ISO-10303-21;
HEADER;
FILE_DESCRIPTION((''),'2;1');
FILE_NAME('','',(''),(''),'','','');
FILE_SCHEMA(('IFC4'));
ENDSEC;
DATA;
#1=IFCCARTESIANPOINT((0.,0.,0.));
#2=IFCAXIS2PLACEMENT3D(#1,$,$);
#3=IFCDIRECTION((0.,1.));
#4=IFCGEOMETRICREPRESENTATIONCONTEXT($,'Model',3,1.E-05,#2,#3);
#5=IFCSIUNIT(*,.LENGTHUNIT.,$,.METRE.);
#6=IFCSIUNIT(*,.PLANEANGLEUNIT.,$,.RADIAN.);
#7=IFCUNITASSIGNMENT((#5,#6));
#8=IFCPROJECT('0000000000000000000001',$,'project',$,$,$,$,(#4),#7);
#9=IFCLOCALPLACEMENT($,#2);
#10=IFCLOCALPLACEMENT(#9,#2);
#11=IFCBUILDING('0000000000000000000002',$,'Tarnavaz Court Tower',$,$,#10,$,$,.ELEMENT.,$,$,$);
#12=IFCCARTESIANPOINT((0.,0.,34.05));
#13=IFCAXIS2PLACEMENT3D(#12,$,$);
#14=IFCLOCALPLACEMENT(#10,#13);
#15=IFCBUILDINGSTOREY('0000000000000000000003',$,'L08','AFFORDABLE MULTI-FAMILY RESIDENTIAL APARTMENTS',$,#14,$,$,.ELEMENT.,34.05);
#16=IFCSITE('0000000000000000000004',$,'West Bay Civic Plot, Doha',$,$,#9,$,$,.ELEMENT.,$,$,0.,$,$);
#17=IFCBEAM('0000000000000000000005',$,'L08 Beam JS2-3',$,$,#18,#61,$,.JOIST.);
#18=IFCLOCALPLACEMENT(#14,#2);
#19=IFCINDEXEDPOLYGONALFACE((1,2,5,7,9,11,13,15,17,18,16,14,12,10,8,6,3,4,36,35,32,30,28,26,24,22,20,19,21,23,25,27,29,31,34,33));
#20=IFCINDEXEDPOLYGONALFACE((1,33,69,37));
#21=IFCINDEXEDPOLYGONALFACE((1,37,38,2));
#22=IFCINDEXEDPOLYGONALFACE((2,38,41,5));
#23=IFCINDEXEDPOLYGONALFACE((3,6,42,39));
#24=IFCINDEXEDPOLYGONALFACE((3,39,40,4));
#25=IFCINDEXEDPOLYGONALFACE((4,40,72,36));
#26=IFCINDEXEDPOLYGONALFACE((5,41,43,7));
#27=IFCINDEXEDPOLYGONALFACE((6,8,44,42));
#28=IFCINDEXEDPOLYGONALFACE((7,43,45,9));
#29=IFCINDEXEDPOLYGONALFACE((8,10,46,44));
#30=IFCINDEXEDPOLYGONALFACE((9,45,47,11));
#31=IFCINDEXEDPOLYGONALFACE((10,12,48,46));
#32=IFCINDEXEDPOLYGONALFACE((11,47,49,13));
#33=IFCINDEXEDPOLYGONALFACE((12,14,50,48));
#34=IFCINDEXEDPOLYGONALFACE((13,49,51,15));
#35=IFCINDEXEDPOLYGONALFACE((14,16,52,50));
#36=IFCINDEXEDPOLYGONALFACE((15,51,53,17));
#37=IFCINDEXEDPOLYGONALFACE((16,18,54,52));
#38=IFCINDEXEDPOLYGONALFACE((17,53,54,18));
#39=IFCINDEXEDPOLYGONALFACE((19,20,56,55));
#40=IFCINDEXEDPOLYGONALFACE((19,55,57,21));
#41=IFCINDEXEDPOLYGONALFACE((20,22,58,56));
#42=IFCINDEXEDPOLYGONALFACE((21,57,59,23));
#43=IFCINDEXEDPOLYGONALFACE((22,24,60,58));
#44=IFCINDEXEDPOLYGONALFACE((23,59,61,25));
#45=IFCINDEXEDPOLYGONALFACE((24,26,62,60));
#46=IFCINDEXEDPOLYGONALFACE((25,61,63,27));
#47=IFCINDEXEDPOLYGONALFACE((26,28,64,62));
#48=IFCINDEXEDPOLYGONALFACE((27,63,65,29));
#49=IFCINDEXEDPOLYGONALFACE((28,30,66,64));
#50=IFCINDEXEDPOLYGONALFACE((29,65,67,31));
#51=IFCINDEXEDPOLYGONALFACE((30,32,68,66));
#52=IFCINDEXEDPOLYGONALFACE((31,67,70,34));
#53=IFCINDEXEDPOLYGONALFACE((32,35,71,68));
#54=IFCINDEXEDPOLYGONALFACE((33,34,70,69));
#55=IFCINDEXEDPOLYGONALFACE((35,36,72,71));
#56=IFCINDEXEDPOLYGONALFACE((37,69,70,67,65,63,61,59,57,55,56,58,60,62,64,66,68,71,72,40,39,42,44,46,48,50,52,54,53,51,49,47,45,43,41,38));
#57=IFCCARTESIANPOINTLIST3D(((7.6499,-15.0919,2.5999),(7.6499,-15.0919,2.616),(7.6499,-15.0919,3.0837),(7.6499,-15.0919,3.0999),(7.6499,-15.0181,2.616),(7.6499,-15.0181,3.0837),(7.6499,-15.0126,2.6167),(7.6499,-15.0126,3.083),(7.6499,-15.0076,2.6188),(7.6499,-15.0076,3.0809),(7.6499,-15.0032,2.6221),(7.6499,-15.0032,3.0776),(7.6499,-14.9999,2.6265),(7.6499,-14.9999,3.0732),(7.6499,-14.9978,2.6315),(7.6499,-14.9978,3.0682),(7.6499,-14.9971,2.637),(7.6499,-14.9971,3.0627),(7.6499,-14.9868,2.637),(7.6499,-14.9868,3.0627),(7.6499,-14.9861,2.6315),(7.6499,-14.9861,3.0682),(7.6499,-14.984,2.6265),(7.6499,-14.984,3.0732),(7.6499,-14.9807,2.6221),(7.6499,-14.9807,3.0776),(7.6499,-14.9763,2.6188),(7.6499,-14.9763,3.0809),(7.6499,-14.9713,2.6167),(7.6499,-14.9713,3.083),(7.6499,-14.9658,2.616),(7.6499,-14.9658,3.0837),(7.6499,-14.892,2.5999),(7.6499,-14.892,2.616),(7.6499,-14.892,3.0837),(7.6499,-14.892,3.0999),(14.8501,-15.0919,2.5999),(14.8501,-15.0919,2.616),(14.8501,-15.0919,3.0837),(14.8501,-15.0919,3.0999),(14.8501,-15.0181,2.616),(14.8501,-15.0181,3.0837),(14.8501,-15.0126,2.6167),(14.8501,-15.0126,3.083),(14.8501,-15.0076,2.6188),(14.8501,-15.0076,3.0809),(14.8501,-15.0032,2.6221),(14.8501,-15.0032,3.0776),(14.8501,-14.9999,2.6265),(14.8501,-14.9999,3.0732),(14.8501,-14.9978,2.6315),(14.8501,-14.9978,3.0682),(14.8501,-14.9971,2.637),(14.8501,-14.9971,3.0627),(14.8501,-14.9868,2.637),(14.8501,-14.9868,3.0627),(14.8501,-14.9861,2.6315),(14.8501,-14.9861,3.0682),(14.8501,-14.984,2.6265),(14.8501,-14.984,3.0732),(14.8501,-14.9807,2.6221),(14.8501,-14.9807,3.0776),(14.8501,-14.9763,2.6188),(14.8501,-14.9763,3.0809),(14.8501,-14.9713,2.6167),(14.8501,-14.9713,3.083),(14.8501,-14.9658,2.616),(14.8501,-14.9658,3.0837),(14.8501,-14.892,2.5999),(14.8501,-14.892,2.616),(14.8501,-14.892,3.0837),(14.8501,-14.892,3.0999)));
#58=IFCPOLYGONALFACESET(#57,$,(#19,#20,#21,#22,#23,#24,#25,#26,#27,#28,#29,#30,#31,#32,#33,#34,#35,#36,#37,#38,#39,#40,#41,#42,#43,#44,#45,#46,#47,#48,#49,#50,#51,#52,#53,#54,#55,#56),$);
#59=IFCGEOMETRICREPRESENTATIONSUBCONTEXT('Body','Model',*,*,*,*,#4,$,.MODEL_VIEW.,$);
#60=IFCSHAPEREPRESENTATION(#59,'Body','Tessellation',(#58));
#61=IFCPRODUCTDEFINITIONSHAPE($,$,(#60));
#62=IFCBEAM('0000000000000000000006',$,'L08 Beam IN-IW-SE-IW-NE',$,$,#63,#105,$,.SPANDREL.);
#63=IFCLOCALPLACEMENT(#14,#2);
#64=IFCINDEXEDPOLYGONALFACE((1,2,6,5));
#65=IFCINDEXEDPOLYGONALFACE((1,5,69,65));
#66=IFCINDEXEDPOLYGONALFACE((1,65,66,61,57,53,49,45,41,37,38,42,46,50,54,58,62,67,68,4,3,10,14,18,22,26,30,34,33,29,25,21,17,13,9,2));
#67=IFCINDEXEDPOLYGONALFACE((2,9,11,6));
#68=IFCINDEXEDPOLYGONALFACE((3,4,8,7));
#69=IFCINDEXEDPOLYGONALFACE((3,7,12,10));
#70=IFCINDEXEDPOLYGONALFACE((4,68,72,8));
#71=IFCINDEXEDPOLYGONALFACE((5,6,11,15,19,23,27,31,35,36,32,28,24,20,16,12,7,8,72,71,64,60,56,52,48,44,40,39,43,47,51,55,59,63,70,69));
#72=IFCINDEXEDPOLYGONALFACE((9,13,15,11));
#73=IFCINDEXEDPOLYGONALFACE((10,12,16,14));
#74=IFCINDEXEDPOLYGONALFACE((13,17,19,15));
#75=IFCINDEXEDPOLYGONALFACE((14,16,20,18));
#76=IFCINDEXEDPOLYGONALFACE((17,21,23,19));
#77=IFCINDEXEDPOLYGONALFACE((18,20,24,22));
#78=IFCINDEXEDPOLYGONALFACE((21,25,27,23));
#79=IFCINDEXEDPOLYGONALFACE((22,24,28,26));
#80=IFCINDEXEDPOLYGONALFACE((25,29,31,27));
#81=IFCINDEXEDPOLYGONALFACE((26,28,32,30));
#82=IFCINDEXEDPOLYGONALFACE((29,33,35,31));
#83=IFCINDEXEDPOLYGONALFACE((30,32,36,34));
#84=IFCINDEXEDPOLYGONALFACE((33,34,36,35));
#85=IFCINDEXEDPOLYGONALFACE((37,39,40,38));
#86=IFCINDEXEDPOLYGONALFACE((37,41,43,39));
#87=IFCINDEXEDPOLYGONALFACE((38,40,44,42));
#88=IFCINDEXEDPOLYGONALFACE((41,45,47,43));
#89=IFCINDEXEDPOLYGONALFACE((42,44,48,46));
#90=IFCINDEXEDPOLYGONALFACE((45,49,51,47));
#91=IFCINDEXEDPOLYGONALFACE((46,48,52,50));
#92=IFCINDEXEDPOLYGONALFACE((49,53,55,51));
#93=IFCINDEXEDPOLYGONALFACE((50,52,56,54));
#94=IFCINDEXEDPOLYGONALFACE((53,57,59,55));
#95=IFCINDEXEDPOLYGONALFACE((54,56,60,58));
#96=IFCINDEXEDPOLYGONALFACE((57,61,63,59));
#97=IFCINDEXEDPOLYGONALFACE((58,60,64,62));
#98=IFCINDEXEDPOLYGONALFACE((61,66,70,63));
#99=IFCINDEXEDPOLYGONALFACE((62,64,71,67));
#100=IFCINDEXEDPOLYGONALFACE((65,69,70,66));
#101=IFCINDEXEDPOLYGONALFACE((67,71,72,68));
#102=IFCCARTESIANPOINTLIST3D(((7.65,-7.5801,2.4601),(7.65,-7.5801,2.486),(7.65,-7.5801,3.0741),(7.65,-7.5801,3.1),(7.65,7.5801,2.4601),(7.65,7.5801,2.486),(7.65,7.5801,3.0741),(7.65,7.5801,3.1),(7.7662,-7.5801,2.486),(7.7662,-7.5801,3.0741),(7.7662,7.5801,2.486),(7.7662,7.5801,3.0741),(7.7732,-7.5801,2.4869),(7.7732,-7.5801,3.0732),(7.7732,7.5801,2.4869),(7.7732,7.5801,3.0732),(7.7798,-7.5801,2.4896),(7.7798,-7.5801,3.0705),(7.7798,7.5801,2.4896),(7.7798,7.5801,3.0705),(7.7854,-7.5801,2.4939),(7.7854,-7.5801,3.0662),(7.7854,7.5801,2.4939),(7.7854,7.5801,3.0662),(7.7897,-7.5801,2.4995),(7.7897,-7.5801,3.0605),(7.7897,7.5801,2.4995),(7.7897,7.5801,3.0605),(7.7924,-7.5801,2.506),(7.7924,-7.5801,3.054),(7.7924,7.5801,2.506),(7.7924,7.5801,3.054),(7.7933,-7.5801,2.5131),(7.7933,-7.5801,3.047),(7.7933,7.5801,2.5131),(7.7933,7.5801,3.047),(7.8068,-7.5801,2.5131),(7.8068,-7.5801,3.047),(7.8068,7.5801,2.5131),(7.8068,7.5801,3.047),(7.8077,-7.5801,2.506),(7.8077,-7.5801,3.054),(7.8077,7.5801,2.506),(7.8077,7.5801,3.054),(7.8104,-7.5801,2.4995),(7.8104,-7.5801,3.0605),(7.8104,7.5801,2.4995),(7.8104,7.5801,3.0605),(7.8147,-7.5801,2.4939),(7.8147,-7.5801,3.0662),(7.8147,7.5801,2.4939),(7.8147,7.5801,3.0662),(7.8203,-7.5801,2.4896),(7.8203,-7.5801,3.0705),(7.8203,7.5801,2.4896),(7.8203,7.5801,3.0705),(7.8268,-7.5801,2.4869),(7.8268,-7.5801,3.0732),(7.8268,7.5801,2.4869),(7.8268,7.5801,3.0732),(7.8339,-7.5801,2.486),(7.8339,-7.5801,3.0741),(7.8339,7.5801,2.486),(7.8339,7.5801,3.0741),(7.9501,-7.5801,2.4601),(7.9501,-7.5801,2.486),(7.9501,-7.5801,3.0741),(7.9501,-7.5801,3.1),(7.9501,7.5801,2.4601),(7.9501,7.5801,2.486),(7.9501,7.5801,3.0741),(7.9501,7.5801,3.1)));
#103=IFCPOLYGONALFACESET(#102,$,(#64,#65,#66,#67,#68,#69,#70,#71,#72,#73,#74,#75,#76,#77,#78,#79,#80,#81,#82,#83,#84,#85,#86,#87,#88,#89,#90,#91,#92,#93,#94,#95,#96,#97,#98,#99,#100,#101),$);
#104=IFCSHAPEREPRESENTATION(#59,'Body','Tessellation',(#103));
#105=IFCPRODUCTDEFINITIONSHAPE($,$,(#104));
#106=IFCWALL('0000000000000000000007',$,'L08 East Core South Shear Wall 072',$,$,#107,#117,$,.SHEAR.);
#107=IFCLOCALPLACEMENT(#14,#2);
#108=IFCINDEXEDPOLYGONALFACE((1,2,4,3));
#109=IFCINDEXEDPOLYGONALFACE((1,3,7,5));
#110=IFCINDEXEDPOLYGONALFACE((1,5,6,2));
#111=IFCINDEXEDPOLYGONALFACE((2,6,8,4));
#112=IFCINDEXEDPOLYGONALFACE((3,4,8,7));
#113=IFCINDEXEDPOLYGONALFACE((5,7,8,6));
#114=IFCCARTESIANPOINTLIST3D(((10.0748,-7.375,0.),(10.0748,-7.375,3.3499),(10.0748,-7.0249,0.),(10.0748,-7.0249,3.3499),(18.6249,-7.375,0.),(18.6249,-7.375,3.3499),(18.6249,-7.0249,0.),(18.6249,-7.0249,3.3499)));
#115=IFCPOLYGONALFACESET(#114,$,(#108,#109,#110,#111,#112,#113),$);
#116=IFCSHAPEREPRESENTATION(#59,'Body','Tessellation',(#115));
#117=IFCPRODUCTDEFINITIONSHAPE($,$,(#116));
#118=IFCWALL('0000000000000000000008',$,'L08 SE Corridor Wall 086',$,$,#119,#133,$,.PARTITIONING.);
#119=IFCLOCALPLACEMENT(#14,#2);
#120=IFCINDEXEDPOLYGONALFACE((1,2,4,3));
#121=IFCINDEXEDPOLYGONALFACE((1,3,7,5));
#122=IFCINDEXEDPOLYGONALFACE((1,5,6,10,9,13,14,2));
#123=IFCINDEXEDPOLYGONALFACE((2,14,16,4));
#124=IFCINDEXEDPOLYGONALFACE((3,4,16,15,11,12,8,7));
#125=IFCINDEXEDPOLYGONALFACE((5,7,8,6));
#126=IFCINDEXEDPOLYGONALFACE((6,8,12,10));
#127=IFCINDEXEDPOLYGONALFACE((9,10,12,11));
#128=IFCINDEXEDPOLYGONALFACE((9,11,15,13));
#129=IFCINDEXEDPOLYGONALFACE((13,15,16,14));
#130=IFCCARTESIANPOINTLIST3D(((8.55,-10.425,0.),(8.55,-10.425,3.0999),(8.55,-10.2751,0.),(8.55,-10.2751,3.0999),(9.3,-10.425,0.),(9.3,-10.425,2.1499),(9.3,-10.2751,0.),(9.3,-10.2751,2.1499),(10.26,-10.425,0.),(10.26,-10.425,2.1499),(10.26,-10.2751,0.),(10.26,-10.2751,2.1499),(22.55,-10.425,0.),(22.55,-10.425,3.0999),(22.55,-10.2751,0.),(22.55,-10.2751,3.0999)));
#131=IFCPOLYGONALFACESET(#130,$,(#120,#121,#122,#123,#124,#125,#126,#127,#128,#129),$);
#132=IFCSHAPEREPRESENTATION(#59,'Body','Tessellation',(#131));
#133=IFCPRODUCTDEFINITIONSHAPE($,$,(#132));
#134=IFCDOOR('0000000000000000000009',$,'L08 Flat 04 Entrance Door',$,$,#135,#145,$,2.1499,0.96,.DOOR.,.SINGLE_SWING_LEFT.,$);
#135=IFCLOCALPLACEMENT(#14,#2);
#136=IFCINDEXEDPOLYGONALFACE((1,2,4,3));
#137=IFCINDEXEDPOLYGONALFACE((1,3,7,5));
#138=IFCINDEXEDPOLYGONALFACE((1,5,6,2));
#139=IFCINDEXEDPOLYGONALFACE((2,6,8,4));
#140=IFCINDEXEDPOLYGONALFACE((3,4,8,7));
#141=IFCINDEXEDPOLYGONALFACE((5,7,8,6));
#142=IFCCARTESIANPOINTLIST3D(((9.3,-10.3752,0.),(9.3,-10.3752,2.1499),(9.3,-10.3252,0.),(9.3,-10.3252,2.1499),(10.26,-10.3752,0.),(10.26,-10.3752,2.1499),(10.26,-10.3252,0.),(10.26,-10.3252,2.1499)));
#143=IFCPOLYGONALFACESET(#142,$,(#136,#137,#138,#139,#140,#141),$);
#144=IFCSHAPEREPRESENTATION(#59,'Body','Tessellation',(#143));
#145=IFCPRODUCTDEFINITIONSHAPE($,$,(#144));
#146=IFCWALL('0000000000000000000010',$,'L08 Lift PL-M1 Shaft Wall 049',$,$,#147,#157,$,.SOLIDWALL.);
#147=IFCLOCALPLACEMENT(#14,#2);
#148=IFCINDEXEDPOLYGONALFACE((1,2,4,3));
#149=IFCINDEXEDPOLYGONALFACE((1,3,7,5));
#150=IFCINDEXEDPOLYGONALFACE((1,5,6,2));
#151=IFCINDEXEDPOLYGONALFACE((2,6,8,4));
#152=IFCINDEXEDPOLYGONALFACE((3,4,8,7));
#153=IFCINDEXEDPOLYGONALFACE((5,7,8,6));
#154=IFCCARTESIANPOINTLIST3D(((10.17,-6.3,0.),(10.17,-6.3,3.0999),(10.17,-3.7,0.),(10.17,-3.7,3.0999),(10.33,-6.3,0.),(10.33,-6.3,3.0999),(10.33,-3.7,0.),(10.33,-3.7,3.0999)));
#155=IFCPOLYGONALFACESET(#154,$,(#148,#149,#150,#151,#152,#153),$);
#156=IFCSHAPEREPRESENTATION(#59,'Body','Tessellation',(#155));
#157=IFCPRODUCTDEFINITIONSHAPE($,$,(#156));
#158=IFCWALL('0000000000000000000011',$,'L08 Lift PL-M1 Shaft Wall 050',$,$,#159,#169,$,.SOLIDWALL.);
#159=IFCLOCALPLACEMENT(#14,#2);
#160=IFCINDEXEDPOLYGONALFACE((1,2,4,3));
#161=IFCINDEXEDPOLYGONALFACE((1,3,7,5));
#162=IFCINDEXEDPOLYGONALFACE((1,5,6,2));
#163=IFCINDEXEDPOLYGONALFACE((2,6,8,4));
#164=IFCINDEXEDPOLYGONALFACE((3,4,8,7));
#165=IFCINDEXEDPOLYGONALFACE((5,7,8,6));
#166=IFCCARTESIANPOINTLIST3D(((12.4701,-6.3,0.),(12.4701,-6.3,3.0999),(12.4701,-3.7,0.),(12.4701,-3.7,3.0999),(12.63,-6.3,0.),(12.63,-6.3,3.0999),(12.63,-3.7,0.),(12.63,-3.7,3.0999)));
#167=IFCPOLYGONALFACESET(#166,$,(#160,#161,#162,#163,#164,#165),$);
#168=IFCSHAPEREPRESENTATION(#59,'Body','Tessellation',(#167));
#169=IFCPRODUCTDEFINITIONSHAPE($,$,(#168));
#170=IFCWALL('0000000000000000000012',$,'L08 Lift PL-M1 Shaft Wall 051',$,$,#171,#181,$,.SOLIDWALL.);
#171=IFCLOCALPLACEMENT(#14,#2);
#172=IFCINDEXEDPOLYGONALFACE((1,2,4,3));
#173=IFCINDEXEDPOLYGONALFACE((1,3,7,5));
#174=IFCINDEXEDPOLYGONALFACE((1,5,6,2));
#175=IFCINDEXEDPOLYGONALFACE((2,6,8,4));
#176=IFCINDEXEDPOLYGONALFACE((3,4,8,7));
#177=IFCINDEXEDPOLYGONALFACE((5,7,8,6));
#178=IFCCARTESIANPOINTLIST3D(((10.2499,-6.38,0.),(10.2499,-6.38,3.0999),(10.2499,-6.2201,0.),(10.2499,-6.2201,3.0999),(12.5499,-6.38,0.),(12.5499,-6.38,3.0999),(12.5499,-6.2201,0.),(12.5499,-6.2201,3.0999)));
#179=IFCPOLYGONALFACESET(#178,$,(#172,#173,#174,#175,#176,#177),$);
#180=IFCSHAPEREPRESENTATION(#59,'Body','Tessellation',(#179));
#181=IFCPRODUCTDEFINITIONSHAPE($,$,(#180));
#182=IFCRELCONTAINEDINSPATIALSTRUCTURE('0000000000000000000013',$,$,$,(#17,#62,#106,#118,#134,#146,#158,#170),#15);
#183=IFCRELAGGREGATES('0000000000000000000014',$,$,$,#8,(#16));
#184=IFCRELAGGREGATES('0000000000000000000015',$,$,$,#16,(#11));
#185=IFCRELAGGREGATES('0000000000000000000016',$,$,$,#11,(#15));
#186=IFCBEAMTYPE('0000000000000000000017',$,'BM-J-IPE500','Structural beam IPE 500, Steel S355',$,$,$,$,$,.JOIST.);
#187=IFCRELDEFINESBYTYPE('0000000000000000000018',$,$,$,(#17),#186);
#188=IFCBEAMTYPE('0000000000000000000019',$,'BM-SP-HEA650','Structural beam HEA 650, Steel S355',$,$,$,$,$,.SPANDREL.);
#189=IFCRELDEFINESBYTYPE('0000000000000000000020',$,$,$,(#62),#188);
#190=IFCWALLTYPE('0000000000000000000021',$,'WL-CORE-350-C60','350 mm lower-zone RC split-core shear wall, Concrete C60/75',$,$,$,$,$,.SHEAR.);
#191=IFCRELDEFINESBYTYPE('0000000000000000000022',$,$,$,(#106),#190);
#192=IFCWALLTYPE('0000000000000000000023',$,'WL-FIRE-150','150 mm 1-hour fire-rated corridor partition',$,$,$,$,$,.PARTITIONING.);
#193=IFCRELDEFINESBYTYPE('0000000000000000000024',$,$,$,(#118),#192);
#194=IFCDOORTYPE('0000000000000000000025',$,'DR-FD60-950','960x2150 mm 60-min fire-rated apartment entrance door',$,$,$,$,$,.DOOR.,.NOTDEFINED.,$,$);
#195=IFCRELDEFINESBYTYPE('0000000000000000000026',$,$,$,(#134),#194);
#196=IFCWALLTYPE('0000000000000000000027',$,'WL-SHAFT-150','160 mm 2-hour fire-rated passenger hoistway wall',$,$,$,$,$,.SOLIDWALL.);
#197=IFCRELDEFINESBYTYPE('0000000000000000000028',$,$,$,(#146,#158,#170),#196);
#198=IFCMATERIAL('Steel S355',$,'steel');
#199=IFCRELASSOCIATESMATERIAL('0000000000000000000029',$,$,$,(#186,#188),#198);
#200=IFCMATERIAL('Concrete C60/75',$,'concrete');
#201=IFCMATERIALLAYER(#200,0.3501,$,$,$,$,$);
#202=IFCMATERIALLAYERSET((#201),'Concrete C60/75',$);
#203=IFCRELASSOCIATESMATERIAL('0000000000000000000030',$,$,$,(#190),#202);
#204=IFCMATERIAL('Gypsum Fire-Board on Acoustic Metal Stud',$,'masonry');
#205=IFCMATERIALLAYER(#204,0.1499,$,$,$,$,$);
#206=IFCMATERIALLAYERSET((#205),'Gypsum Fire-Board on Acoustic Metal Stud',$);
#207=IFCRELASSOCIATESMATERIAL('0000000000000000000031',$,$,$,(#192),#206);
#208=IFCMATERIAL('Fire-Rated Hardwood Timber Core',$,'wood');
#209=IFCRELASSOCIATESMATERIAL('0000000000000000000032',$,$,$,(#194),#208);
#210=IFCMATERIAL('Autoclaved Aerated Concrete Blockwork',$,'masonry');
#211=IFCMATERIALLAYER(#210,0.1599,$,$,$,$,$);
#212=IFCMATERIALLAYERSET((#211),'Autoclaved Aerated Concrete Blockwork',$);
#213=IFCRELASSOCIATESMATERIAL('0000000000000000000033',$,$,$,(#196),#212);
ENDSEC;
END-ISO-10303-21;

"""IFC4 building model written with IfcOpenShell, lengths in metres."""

from ifc_helpers import new_model, si_unit, direction, frame, frame_2d, origin, origin_2d, place, context, subcontext, project, spatial, rectangle, i_section, extrude, material, layer, layer_set, material_profile, profile_set, type_object, element, fill, save


model = new_model("IFC4")

# Units and contexts
model_context = context("Model", 3, precision=1e-05, world=origin(), true_north=direction((0.0, 1.0)))
body_context = subcontext(model_context, "Body", "Model", "MODEL_VIEW")
ifc_project = project(units=[si_unit("LENGTHUNIT", "METRE"), si_unit("PLANEANGLEUNIT", "RADIAN")], contexts=[model_context])

# Site, building, storey
site_placement = place(None, origin())
site = spatial("IfcSite", under=ifc_project, at=site_placement, Name="West Bay Civic Plot, Doha", CompositionType="ELEMENT", RefElevation=0.0)
building_placement = place(site_placement, origin())
building = spatial("IfcBuilding", under=site, at=building_placement, Name="Tarnavaz Court Tower", CompositionType="ELEMENT")
storey_placement = place(building_placement, frame((0.0, 0.0, 34.05)))
storey = spatial("IfcBuildingStorey", under=building, at=storey_placement, Name="L08", Description="AFFORDABLE MULTI-FAMILY RESIDENTIAL APARTMENTS", CompositionType="ELEMENT", Elevation=34.05)

# Shared definitions
ifc_material_1 = material(Name="Concrete C60/75", Category="concrete")

# Beams
ifc_material_2 = material(Name="Steel S355", Category="steel")
ifc_material_profile_1 = material_profile(ifc_material_2, i_section(OverallWidth=0.2, OverallDepth=0.5, WebThickness=0.0103, FlangeThickness=0.0161, FilletRadius=0.021, at=origin_2d()), Name="IPE 500")
ifc_profile_set_1 = profile_set([ifc_material_profile_1], Name="Steel S355")
beam_type_1 = type_object("IfcBeamType", Name="BM-J-IPE500", Description="Structural beam IPE 500, Steel S355", PredefinedType="JOIST", material=ifc_profile_set_1)
for number, where, z_axis, x_axis, name in (
    (1, (7.6499, -14.9919, 2.8499), (1.0, 0.0, 0.0), (0.0, 1.0, 0.0), "L08 Beam JS2-3"),
):
    element("IfcBeam", number, at=place(storey_placement, frame(where, z_axis=z_axis, x_axis=x_axis)), inside=storey, type_object=beam_type_1, Name=name, PredefinedType="JOIST", context=body_context, shape_type="SweptSolid", body=[
        extrude(i_section(OverallWidth=0.2, OverallDepth=0.5, WebThickness=0.0103, FlangeThickness=0.0161, FilletRadius=0.021, at=origin_2d()), origin(), (0.0, 0.0, 1.0), 7.2002),
    ])
ifc_material_profile_2 = material_profile(ifc_material_2, i_section(OverallWidth=0.3, OverallDepth=0.6399, WebThickness=0.0134, FlangeThickness=0.0259, FilletRadius=0.0271, at=origin_2d()), Name="HEA 650")
ifc_profile_set_2 = profile_set([ifc_material_profile_2], Name="Steel S355")
beam_type_2 = type_object("IfcBeamType", Name="BM-SP-HEA650", Description="Structural beam HEA 650, Steel S355", PredefinedType="SPANDREL", material=ifc_profile_set_2)
beam_1_placement = place(storey_placement, frame((7.8, -7.5801, 2.78), z_axis=(0.0, 1.0, 0.0), x_axis=(-1.0, 0.0, 0.0)))
element("IfcBeam", 2, at=beam_1_placement, inside=storey, type_object=beam_type_2, Name="L08 Beam IN-IW-SE-IW-NE", PredefinedType="SPANDREL", context=body_context, shape_type="SweptSolid", body=[
    extrude(i_section(OverallWidth=0.3, OverallDepth=0.6399, WebThickness=0.0134, FlangeThickness=0.0259, FilletRadius=0.0271, at=origin_2d()), origin(), (0.0, 0.0, 1.0), 15.1602),
])

# Wall
ifc_layer_1 = layer(ifc_material_1, 0.3501)
ifc_layer_set_1 = layer_set([ifc_layer_1], Name="Concrete C60/75")
wall_type_1 = type_object("IfcWallType", Name="WL-CORE-350-C60", Description="350 mm lower-zone RC split-core shear wall, Concrete C60/75", PredefinedType="SHEAR", material=ifc_layer_set_1)
wall_1_placement = place(storey_placement, frame((10.075, -7.2, 0.0), z_axis=(0.0, 0.0, 1.0), x_axis=(1.0, 0.0, 0.0)))
element("IfcWall", 3, at=wall_1_placement, inside=storey, type_object=wall_type_1, Name="L08 East Core South Shear Wall 072", PredefinedType="SHEAR", context=body_context, shape_type="SweptSolid", body=[
    extrude(rectangle(XDim=8.55, YDim=0.3501, at=frame_2d((4.2749, 0.0))), origin(), (0.0, 0.0, 1.0), 3.3499),
])

# Wall, opening, door
ifc_material_3 = material(Name="Gypsum Fire-Board on Acoustic Metal Stud", Category="masonry")
ifc_layer_2 = layer(ifc_material_3, 0.1499)
ifc_layer_set_2 = layer_set([ifc_layer_2], Name="Gypsum Fire-Board on Acoustic Metal Stud")
wall_type_2 = type_object("IfcWallType", Name="WL-FIRE-150", Description="150 mm 1-hour fire-rated corridor partition", PredefinedType="PARTITIONING", material=ifc_layer_set_2)
wall_2_placement = place(storey_placement, frame((8.55, -10.3501, 0.0), z_axis=(0.0, 0.0, 1.0), x_axis=(1.0, 0.0, 0.0)))
wall_2 = element("IfcWall", 4, at=wall_2_placement, inside=storey, type_object=wall_type_2, Name="L08 SE Corridor Wall 086", PredefinedType="PARTITIONING", context=body_context, shape_type="SweptSolid", body=[
    extrude(rectangle(XDim=14.0, YDim=0.1499, at=frame_2d((7.0, 0.0))), origin(), (0.0, 0.0, 1.0), 3.0999),
])
opening_1_placement = place(wall_2_placement, frame((0.75, 0.0, 0.0)))
opening_1 = element("IfcOpeningElement", 5, at=opening_1_placement, cuts=wall_2, PredefinedType="OPENING", context=body_context, shape_type="SweptSolid", body=[
    extrude(rectangle(XDim=0.96, YDim=2.1499, at=frame_2d((0.48, 1.075))), frame((0.0, 0.085, 0.0), z_axis=(0.0, -1.0, 0.0), x_axis=(1.0, 0.0, 0.0)), (0.0, 0.0, 1.0), 0.1699),
])
ifc_material_4 = material(Name="Fire-Rated Hardwood Timber Core", Category="wood")
door_type = type_object("IfcDoorType", Name="DR-FD60-950", Description="960x2150 mm 60-min fire-rated apartment entrance door", OperationType="NOTDEFINED", PredefinedType="DOOR", material=ifc_material_4)
door_placement = place(opening_1_placement, origin())
door = element("IfcDoor", 6, at=door_placement, inside=storey, type_object=door_type, Name="L08 Flat 04 Entrance Door", OperationType="SINGLE_SWING_LEFT", OverallHeight=2.1499, OverallWidth=0.96, PredefinedType="DOOR", context=body_context, shape_type="SweptSolid", body=[
    extrude(rectangle(XDim=0.96, YDim=2.1499, at=frame_2d((0.48, 1.075))), frame((0.0, 0.0249, 0.0), z_axis=(0.0, -1.0, 0.0), x_axis=(1.0, 0.0, 0.0)), (0.0, 0.0, 1.0), 0.05),
])
fill(opening_1, door)

# Walls
ifc_material_5 = material(Name="Autoclaved Aerated Concrete Blockwork", Category="masonry")
ifc_layer_3 = layer(ifc_material_5, 0.1599)
ifc_layer_set_3 = layer_set([ifc_layer_3], Name="Autoclaved Aerated Concrete Blockwork")
wall_type_3 = type_object("IfcWallType", Name="WL-SHAFT-150", Description="160 mm 2-hour fire-rated passenger hoistway wall", PredefinedType="SOLIDWALL", material=ifc_layer_set_3)
for number, where, z_axis, x_axis, name in (
    (7, (10.25, -6.3, 0.0), (0.0, 0.0, 1.0), (0.0, 1.0, 0.0), "L08 Lift PL-M1 Shaft Wall 049"),
    (8, (12.55, -6.3, 0.0), (0.0, 0.0, 1.0), (0.0, 1.0, 0.0), "L08 Lift PL-M1 Shaft Wall 050"),
):
    element("IfcWall", number, at=place(storey_placement, frame(where, z_axis=z_axis, x_axis=x_axis)), inside=storey, type_object=wall_type_3, Name=name, PredefinedType="SOLIDWALL", context=body_context, shape_type="SweptSolid", body=[
        extrude(rectangle(XDim=2.6001, YDim=0.1599, at=frame_2d((1.3, 0.0))), origin(), (0.0, 0.0, 1.0), 3.0999),
    ])
for number, where, z_axis, x_axis, name in (
    (9, (10.25, -6.3, 0.0), (0.0, 0.0, 1.0), (1.0, 0.0, 0.0), "L08 Lift PL-M1 Shaft Wall 051"),
):
    element("IfcWall", number, at=place(storey_placement, frame(where, z_axis=z_axis, x_axis=x_axis)), inside=storey, type_object=wall_type_3, Name=name, PredefinedType="SOLIDWALL", context=body_context, shape_type="SweptSolid", body=[
        extrude(rectangle(XDim=2.3, YDim=0.1599, at=frame_2d((1.1499, 0.0))), origin(), (0.0, 0.0, 1.0), 3.0999),
    ])

save(model, "model.ifc")
